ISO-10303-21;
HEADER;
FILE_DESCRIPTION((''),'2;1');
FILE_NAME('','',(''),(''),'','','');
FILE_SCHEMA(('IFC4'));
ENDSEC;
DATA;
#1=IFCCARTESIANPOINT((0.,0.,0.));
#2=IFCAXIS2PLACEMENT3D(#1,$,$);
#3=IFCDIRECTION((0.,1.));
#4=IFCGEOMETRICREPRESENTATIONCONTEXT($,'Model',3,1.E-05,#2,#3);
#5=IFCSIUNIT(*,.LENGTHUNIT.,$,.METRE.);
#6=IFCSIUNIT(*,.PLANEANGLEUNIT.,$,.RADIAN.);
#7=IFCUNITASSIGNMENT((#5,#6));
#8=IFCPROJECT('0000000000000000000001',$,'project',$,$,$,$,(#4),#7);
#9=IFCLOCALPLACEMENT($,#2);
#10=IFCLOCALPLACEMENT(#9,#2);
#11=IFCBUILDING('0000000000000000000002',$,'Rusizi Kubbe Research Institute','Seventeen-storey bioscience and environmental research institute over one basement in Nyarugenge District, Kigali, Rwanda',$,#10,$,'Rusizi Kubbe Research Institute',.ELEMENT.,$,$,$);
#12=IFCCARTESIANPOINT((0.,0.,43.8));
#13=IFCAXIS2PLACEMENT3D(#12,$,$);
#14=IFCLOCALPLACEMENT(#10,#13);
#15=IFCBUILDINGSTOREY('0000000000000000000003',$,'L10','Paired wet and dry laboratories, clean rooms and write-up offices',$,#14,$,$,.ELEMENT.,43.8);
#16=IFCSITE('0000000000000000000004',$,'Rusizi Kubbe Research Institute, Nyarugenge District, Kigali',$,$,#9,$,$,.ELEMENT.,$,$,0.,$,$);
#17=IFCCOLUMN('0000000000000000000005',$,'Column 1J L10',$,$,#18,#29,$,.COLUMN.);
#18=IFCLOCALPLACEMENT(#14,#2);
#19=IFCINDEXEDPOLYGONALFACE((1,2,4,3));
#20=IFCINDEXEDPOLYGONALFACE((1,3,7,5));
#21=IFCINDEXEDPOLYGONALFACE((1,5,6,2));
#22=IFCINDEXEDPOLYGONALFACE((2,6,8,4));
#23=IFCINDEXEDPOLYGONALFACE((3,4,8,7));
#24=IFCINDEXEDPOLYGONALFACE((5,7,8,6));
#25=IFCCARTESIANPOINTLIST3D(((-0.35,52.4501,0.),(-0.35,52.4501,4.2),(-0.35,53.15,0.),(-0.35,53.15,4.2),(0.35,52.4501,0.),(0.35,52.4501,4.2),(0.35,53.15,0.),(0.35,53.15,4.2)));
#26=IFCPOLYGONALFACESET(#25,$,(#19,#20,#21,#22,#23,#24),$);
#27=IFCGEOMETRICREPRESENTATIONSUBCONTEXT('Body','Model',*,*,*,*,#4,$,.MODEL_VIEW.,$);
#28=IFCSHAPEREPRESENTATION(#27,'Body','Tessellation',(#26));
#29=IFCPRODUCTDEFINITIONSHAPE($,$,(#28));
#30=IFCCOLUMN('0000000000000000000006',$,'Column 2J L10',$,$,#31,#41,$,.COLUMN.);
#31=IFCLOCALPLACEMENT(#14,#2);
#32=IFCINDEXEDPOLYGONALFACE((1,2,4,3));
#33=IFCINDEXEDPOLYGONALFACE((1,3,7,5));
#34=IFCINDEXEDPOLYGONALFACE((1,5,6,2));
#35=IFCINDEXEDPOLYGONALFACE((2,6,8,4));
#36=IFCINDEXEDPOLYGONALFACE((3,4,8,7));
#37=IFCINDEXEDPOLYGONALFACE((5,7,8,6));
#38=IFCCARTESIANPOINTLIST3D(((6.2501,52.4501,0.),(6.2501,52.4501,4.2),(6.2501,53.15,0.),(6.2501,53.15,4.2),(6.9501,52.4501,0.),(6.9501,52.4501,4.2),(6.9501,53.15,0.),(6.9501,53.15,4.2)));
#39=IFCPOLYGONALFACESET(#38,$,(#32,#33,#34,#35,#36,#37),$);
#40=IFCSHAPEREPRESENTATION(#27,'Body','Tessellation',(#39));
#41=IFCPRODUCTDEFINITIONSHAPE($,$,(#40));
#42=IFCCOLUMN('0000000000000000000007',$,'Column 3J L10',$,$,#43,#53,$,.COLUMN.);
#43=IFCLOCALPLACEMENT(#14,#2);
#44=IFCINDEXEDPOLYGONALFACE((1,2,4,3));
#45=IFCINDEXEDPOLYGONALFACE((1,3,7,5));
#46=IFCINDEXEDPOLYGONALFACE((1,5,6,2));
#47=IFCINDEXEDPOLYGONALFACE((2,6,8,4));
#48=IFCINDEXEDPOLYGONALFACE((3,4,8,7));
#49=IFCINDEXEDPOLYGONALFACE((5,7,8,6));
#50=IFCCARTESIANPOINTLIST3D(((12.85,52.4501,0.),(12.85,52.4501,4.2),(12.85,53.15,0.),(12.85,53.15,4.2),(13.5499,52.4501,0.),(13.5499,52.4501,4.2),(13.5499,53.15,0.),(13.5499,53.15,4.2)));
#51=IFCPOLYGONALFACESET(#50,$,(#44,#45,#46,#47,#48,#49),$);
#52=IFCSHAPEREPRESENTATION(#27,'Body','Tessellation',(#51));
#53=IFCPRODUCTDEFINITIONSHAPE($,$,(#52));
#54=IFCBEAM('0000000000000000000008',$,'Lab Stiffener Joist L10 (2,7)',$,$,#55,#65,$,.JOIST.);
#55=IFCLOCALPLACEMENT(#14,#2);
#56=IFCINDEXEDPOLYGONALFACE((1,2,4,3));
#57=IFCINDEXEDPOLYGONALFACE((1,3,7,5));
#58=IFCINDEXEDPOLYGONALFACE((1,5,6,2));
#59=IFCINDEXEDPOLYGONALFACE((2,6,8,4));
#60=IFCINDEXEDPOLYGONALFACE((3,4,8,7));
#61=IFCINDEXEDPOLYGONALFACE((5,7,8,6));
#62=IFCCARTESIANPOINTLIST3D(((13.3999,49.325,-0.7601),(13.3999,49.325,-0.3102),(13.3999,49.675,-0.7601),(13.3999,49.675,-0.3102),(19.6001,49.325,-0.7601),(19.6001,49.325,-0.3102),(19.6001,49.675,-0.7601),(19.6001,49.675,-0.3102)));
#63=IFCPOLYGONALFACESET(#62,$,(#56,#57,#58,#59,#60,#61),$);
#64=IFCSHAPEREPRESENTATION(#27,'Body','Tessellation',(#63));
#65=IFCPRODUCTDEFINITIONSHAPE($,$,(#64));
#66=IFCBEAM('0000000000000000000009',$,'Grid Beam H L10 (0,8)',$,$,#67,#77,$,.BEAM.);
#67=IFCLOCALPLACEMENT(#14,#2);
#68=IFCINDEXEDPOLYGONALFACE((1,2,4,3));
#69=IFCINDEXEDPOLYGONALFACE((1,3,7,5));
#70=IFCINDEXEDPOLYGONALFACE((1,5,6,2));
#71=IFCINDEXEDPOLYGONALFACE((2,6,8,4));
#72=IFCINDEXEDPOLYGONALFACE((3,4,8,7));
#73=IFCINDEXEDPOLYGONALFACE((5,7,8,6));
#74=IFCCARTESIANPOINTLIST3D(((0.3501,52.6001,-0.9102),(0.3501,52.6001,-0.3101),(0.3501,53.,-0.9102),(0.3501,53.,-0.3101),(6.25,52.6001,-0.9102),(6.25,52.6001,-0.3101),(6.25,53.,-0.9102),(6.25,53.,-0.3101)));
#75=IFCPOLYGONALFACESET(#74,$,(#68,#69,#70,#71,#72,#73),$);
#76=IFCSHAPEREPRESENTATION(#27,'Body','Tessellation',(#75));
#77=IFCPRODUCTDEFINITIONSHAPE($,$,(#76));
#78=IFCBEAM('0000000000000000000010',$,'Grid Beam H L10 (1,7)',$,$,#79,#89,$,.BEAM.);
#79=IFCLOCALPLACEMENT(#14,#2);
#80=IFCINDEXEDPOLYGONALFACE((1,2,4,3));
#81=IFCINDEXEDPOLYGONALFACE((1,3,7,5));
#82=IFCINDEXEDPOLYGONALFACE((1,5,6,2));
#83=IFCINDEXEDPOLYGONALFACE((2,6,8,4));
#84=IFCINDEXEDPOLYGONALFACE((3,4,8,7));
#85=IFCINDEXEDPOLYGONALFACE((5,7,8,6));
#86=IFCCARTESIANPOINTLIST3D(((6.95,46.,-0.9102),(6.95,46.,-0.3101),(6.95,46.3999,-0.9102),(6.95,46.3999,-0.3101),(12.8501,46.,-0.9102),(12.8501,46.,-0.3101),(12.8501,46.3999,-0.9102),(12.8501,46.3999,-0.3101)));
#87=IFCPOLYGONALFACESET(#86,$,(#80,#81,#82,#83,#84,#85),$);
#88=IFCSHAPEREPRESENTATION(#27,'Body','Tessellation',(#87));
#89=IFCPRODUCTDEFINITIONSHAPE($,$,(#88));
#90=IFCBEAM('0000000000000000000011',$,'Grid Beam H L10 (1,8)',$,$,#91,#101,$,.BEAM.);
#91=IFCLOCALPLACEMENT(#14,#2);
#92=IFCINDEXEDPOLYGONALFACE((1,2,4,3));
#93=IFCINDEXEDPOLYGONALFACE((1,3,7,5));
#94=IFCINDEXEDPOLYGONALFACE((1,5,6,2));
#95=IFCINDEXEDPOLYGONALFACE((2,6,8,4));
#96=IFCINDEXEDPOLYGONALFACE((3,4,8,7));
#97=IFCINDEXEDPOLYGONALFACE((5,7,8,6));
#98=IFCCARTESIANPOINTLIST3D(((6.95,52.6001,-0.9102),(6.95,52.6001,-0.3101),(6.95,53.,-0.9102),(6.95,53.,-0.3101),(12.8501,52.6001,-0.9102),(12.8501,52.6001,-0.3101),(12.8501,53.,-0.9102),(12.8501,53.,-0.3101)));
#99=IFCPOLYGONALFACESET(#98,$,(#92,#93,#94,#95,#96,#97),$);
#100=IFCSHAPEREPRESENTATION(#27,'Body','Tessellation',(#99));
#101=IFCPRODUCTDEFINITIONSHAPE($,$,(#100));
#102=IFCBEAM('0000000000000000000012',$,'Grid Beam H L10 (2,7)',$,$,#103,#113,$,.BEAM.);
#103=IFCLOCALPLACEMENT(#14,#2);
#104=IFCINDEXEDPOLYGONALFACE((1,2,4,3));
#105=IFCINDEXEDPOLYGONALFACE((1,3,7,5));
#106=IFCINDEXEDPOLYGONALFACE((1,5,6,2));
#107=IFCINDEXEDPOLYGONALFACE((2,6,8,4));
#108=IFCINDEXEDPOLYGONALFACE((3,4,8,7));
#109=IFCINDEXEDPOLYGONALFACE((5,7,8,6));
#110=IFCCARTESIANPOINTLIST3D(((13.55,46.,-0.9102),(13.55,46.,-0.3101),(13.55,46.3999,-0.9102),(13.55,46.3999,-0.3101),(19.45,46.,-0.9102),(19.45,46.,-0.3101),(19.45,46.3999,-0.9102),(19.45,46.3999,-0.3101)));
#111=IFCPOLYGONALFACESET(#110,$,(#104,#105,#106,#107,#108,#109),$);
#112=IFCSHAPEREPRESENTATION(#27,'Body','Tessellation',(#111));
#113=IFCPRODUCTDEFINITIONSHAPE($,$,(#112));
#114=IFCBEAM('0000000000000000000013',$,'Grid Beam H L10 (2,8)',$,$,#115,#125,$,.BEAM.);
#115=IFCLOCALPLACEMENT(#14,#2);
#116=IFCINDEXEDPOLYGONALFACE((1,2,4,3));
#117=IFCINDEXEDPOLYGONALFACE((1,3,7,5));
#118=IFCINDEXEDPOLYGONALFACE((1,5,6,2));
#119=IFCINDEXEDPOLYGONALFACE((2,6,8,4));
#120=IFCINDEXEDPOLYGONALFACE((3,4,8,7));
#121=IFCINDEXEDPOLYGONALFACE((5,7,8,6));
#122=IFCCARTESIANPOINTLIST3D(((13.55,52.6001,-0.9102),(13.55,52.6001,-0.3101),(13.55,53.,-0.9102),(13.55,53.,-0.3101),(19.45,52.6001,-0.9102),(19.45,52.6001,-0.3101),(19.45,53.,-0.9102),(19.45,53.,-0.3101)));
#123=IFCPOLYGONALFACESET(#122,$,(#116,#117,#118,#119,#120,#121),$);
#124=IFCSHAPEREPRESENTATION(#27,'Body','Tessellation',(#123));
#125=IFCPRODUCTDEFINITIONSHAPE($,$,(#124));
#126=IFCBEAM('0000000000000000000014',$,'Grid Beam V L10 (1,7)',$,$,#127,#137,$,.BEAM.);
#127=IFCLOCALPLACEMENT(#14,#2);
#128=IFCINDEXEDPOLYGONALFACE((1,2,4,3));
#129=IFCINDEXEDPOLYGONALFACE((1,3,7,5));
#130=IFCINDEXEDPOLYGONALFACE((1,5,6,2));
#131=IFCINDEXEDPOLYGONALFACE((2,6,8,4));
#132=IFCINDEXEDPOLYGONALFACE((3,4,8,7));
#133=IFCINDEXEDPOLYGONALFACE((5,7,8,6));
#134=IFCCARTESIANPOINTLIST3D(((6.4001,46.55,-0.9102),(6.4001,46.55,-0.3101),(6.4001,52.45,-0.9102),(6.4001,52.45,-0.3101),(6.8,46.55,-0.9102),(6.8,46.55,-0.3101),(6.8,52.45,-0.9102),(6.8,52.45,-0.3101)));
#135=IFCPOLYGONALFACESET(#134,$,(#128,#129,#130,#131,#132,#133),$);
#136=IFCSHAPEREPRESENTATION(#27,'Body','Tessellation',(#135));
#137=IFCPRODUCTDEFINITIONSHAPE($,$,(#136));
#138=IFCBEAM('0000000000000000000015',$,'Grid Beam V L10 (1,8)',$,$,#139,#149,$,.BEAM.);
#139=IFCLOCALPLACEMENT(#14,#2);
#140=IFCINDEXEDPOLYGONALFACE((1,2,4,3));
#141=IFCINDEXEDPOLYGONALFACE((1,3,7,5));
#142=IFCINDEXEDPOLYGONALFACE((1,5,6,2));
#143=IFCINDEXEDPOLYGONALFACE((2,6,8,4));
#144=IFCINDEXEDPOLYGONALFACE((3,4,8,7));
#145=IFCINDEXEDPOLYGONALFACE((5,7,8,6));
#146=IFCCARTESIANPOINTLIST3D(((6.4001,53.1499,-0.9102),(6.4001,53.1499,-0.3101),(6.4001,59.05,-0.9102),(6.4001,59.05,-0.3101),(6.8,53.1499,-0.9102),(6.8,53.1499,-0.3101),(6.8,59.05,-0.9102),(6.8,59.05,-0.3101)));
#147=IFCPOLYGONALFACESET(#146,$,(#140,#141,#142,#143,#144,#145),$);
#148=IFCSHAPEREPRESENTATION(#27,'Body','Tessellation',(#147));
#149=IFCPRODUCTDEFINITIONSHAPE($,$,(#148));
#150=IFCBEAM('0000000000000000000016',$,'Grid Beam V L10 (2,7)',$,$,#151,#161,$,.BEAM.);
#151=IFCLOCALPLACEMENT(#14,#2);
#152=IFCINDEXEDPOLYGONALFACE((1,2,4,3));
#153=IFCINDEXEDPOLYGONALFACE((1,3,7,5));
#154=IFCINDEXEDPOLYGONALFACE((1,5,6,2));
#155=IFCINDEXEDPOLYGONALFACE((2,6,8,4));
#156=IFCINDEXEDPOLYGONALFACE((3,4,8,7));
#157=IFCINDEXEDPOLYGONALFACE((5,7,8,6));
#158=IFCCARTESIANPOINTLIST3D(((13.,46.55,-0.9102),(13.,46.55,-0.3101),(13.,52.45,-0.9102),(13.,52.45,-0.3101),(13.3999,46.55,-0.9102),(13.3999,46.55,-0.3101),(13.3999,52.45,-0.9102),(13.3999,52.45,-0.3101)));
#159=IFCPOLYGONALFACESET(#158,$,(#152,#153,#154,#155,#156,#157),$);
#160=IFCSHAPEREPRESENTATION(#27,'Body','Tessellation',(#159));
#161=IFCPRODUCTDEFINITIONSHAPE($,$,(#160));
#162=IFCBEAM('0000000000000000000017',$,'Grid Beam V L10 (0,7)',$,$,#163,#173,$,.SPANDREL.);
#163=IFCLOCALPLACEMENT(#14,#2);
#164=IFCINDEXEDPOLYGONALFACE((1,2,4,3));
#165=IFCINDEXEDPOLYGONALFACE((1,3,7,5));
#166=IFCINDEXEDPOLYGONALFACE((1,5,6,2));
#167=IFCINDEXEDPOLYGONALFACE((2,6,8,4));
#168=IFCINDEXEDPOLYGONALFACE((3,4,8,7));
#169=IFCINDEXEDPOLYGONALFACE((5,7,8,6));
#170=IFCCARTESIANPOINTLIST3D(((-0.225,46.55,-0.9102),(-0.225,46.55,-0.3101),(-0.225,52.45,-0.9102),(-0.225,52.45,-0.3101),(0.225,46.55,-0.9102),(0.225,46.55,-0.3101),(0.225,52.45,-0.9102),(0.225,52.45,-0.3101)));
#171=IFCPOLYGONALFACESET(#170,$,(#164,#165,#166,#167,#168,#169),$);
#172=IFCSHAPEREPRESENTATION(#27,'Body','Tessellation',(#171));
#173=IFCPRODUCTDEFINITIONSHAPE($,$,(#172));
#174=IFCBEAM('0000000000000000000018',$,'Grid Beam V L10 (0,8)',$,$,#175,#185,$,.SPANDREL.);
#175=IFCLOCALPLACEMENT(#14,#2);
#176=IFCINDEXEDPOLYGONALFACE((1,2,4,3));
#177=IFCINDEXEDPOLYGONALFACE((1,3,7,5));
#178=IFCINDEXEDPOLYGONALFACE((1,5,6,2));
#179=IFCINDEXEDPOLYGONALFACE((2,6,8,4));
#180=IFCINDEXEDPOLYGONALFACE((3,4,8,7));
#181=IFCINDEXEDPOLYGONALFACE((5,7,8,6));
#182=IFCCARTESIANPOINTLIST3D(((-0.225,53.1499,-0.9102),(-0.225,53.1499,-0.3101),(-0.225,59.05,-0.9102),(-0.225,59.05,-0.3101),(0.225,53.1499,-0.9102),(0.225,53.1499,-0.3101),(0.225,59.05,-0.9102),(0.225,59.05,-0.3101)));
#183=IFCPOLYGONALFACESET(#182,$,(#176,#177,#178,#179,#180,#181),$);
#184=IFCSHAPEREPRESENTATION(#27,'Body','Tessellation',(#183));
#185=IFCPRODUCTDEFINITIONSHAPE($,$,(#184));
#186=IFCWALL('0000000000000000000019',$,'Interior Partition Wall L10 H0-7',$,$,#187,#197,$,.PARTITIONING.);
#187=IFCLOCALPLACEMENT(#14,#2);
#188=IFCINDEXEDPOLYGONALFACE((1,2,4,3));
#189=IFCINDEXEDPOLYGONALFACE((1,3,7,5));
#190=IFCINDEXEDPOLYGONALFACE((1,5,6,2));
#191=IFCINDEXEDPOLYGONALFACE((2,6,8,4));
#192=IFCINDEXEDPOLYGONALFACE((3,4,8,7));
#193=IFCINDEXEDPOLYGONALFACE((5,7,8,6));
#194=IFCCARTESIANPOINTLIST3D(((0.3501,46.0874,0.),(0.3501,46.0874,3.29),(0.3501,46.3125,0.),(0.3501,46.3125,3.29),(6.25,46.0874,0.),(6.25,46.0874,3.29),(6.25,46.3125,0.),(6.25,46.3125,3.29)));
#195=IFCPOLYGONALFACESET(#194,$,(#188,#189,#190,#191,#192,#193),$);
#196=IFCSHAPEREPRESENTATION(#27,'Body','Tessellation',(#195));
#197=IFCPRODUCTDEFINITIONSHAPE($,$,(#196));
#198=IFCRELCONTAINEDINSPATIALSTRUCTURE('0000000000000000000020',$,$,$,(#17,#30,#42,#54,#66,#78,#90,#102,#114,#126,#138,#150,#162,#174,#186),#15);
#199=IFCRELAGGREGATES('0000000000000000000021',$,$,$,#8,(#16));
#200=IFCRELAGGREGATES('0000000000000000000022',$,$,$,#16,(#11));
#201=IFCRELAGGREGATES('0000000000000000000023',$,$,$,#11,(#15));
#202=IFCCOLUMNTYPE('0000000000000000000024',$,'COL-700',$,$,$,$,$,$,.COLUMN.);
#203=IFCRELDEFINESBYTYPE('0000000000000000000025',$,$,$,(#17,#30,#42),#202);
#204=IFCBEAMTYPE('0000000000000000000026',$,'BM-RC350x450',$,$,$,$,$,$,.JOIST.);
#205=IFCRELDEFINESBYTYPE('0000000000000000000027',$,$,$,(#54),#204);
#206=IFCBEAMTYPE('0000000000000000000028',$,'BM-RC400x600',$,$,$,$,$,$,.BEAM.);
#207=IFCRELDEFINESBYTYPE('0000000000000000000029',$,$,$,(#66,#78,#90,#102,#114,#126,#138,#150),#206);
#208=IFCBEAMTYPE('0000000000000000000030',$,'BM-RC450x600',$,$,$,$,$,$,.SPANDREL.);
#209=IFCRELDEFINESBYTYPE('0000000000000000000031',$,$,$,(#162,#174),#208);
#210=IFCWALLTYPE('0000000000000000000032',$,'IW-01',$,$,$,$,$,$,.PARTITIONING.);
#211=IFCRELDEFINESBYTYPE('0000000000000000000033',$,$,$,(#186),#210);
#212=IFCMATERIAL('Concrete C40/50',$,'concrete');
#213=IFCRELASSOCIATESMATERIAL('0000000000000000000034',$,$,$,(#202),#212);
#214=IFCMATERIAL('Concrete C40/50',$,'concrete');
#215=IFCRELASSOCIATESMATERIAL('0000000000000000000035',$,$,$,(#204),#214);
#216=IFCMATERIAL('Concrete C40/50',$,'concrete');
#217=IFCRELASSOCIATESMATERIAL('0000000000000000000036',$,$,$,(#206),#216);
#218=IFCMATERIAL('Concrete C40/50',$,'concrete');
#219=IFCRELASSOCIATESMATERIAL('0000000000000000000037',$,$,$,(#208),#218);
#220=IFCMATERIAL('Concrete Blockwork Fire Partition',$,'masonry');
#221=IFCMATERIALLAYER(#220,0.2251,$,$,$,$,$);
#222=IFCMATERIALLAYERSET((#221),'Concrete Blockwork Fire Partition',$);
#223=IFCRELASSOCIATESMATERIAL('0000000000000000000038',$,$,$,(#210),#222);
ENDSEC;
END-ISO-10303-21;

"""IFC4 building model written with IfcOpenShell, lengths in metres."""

from ifc_helpers import new_model, si_unit, direction, frame, frame_2d, origin, origin_2d, place, context, subcontext, project, spatial, rectangle, extrude, material, layer, layer_set, material_profile, profile_set, type_object, element, save


model = new_model("IFC4")

# Units and contexts
model_context = context("Model", 3, precision=1e-05, world=origin(), true_north=direction((0.0, 1.0)))
body_context = subcontext(model_context, "Body", "Model", "MODEL_VIEW")
ifc_project = project(units=[si_unit("LENGTHUNIT", "METRE"), si_unit("PLANEANGLEUNIT", "RADIAN")], contexts=[model_context])

# Site, building, storey
site_placement = place(None, origin())
site = spatial("IfcSite", under=ifc_project, at=site_placement, Name="Rusizi Kubbe Research Institute, Nyarugenge District, Kigali", CompositionType="ELEMENT", RefElevation=0.0)
building_placement = place(site_placement, origin())
building = spatial("IfcBuilding", under=site, at=building_placement, Name="Rusizi Kubbe Research Institute", Description="Seventeen-storey bioscience and environmental research institute over one basement in Nyarugenge District, Kigali, Rwanda", LongName="Rusizi Kubbe Research Institute", CompositionType="ELEMENT")
storey_placement = place(building_placement, frame((0.0, 0.0, 43.8)))
storey = spatial("IfcBuildingStorey", under=building, at=storey_placement, Name="L10", Description="Paired wet and dry laboratories, clean rooms and write-up offices", CompositionType="ELEMENT", Elevation=43.8)

# Columns
ifc_material_1 = material(Name="Concrete C40/50", Category="concrete")
ifc_material_profile_1 = material_profile(ifc_material_1, rectangle(XDim=0.7, YDim=0.7, at=origin_2d()), Name="RC700x700")
ifc_profile_set_1 = profile_set([ifc_material_profile_1], Name="Concrete C40/50")
column_type = type_object("IfcColumnType", Name="COL-700", PredefinedType="COLUMN", material=ifc_profile_set_1)
for number, where, z_axis, x_axis, name in (
    (1, (0.0, 52.8, 0.0), (0.0, 0.0, 1.0), (1.0, 0.0, 0.0), "Column 1J L10"),
    (2, (6.6001, 52.8, 0.0), (0.0, 0.0, 1.0), (1.0, 0.0, 0.0), "Column 2J L10"),
    (3, (13.2, 52.8, 0.0), (0.0, 0.0, 1.0), (1.0, 0.0, 0.0), "Column 3J L10"),
):
    element("IfcColumn", number, at=place(storey_placement, frame(where, z_axis=z_axis, x_axis=x_axis)), inside=storey, type_object=column_type, Name=name, PredefinedType="COLUMN", context=body_context, shape_type="SweptSolid", body=[
        extrude(rectangle(XDim=0.7, YDim=0.7, at=origin_2d()), origin(), (0.0, 0.0, 1.0), 4.2),
    ])

# Beams
ifc_material_2 = material(Name="Concrete C40/50", Category="concrete")
ifc_material_profile_2 = material_profile(ifc_material_2, rectangle(XDim=0.3501, YDim=0.45, at=origin_2d()), Name="RC350x450")
ifc_profile_set_2 = profile_set([ifc_material_profile_2], Name="Concrete C40/50")
beam_type_1 = type_object("IfcBeamType", Name="BM-RC350x450", PredefinedType="JOIST", material=ifc_profile_set_2)
beam_1_placement = place(storey_placement, frame((13.3999, 49.5, -0.5352), z_axis=(1.0, 0.0, 0.0), x_axis=(0.0, 1.0, 0.0)))
element("IfcBeam", 4, at=beam_1_placement, inside=storey, type_object=beam_type_1, Name="Lab Stiffener Joist L10 (2,7)", PredefinedType="JOIST", context=body_context, shape_type="SweptSolid", body=[
    extrude(rectangle(XDim=0.3501, YDim=0.45, at=origin_2d()), origin(), (0.0, 0.0, 1.0), 6.2002),
])
ifc_material_3 = material(Name="Concrete C40/50", Category="concrete")
ifc_material_profile_3 = material_profile(ifc_material_3, rectangle(XDim=0.3999, YDim=0.6001, at=origin_2d()), Name="RC400x600")
ifc_profile_set_3 = profile_set([ifc_material_profile_3], Name="Concrete C40/50")
beam_type_2 = type_object("IfcBeamType", Name="BM-RC400x600", PredefinedType="BEAM", material=ifc_profile_set_3)
beam_2_placement = place(storey_placement, frame((0.3501, 52.8, -0.6101), z_axis=(1.0, 0.0, 0.0), x_axis=(0.0, 1.0, 0.0)))
element("IfcBeam", 5, at=beam_2_placement, inside=storey, type_object=beam_type_2, Name="Grid Beam H L10 (0,8)", PredefinedType="BEAM", context=body_context, shape_type="SweptSolid", body=[
    extrude(rectangle(XDim=0.3999, YDim=0.6001, at=origin_2d()), origin(), (0.0, 0.0, 1.0), 5.8999),
])
for number, where, z_axis, x_axis, name in (
    (6, (6.95, 46.2, -0.6101), (1.0, 0.0, 0.0), (0.0, 1.0, 0.0), "Grid Beam H L10 (1,7)"),
    (7, (6.95, 52.8, -0.6101), (1.0, 0.0, 0.0), (0.0, 1.0, 0.0), "Grid Beam H L10 (1,8)"),
):
    element("IfcBeam", number, at=place(storey_placement, frame(where, z_axis=z_axis, x_axis=x_axis)), inside=storey, type_object=beam_type_2, Name=name, PredefinedType="BEAM", context=body_context, shape_type="SweptSolid", body=[
        extrude(rectangle(XDim=0.3999, YDim=0.6001, at=origin_2d()), origin(), (0.0, 0.0, 1.0), 5.9001),
    ])
for number, where, z_axis, x_axis, name in (
    (8, (13.55, 46.2, -0.6101), (1.0, 0.0, 0.0), (0.0, 1.0, 0.0), "Grid Beam H L10 (2,7)"),
    (9, (13.55, 52.8, -0.6101), (1.0, 0.0, 0.0), (0.0, 1.0, 0.0), "Grid Beam H L10 (2,8)"),
    (10, (6.6001, 46.55, -0.6101), (0.0, 1.0, 0.0), (-1.0, 0.0, 0.0), "Grid Beam V L10 (1,7)"),
):
    element("IfcBeam", number, at=place(storey_placement, frame(where, z_axis=z_axis, x_axis=x_axis)), inside=storey, type_object=beam_type_2, Name=name, PredefinedType="BEAM", context=body_context, shape_type="SweptSolid", body=[
        extrude(rectangle(XDim=0.3999, YDim=0.6001, at=origin_2d()), origin(), (0.0, 0.0, 1.0), 5.8999),
    ])
beam_3_placement = place(storey_placement, frame((6.6001, 53.1499, -0.6101), z_axis=(0.0, 1.0, 0.0), x_axis=(-1.0, 0.0, 0.0)))
element("IfcBeam", 11, at=beam_3_placement, inside=storey, type_object=beam_type_2, Name="Grid Beam V L10 (1,8)", PredefinedType="BEAM", context=body_context, shape_type="SweptSolid", body=[
    extrude(rectangle(XDim=0.3999, YDim=0.6001, at=origin_2d()), origin(), (0.0, 0.0, 1.0), 5.9001),
])
beam_4_placement = place(storey_placement, frame((13.2, 46.55, -0.6101), z_axis=(0.0, 1.0, 0.0), x_axis=(-1.0, 0.0, 0.0)))
element("IfcBeam", 12, at=beam_4_placement, inside=storey, type_object=beam_type_2, Name="Grid Beam V L10 (2,7)", PredefinedType="BEAM", context=body_context, shape_type="SweptSolid", body=[
    extrude(rectangle(XDim=0.3999, YDim=0.6001, at=origin_2d()), origin(), (0.0, 0.0, 1.0), 5.8999),
])
ifc_material_4 = material(Name="Concrete C40/50", Category="concrete")
ifc_material_profile_4 = material_profile(ifc_material_4, rectangle(XDim=0.45, YDim=0.6001, at=origin_2d()), Name="RC450x600")
ifc_profile_set_4 = profile_set([ifc_material_profile_4], Name="Concrete C40/50")
beam_type_3 = type_object("IfcBeamType", Name="BM-RC450x600", PredefinedType="SPANDREL", material=ifc_profile_set_4)
beam_5_placement = place(storey_placement, frame((0.0, 46.55, -0.6101), z_axis=(0.0, 1.0, 0.0), x_axis=(-1.0, 0.0, 0.0)))
element("IfcBeam", 13, at=beam_5_placement, inside=storey, type_object=beam_type_3, Name="Grid Beam V L10 (0,7)", PredefinedType="SPANDREL", context=body_context, shape_type="SweptSolid", body=[
    extrude(rectangle(XDim=0.45, YDim=0.6001, at=origin_2d()), origin(), (0.0, 0.0, 1.0), 5.8999),
])
beam_6_placement = place(storey_placement, frame((0.0, 53.1499, -0.6101), z_axis=(0.0, 1.0, 0.0), x_axis=(-1.0, 0.0, 0.0)))
element("IfcBeam", 14, at=beam_6_placement, inside=storey, type_object=beam_type_3, Name="Grid Beam V L10 (0,8)", PredefinedType="SPANDREL", context=body_context, shape_type="SweptSolid", body=[
    extrude(rectangle(XDim=0.45, YDim=0.6001, at=origin_2d()), origin(), (0.0, 0.0, 1.0), 5.9001),
])

# Wall
ifc_material_5 = material(Name="Concrete Blockwork Fire Partition", Category="masonry")
ifc_layer_1 = layer(ifc_material_5, 0.2251)
ifc_layer_set_1 = layer_set([ifc_layer_1], Name="Concrete Blockwork Fire Partition")
wall_type_1 = type_object("IfcWallType", Name="IW-01", PredefinedType="PARTITIONING", material=ifc_layer_set_1)
wall_1_placement = place(storey_placement, frame((0.3501, 46.2, 0.0), z_axis=(0.0, 0.0, 1.0), x_axis=(1.0, 0.0, 0.0)))
element("IfcWall", 15, at=wall_1_placement, inside=storey, type_object=wall_type_1, Name="Interior Partition Wall L10 H0-7", PredefinedType="PARTITIONING", context=body_context, shape_type="SweptSolid", body=[
    extrude(rectangle(XDim=5.8999, YDim=0.2251, at=frame_2d((2.95, 0.0))), origin(), (0.0, 0.0, 1.0), 3.29),
])

save(model, "model.ifc")
